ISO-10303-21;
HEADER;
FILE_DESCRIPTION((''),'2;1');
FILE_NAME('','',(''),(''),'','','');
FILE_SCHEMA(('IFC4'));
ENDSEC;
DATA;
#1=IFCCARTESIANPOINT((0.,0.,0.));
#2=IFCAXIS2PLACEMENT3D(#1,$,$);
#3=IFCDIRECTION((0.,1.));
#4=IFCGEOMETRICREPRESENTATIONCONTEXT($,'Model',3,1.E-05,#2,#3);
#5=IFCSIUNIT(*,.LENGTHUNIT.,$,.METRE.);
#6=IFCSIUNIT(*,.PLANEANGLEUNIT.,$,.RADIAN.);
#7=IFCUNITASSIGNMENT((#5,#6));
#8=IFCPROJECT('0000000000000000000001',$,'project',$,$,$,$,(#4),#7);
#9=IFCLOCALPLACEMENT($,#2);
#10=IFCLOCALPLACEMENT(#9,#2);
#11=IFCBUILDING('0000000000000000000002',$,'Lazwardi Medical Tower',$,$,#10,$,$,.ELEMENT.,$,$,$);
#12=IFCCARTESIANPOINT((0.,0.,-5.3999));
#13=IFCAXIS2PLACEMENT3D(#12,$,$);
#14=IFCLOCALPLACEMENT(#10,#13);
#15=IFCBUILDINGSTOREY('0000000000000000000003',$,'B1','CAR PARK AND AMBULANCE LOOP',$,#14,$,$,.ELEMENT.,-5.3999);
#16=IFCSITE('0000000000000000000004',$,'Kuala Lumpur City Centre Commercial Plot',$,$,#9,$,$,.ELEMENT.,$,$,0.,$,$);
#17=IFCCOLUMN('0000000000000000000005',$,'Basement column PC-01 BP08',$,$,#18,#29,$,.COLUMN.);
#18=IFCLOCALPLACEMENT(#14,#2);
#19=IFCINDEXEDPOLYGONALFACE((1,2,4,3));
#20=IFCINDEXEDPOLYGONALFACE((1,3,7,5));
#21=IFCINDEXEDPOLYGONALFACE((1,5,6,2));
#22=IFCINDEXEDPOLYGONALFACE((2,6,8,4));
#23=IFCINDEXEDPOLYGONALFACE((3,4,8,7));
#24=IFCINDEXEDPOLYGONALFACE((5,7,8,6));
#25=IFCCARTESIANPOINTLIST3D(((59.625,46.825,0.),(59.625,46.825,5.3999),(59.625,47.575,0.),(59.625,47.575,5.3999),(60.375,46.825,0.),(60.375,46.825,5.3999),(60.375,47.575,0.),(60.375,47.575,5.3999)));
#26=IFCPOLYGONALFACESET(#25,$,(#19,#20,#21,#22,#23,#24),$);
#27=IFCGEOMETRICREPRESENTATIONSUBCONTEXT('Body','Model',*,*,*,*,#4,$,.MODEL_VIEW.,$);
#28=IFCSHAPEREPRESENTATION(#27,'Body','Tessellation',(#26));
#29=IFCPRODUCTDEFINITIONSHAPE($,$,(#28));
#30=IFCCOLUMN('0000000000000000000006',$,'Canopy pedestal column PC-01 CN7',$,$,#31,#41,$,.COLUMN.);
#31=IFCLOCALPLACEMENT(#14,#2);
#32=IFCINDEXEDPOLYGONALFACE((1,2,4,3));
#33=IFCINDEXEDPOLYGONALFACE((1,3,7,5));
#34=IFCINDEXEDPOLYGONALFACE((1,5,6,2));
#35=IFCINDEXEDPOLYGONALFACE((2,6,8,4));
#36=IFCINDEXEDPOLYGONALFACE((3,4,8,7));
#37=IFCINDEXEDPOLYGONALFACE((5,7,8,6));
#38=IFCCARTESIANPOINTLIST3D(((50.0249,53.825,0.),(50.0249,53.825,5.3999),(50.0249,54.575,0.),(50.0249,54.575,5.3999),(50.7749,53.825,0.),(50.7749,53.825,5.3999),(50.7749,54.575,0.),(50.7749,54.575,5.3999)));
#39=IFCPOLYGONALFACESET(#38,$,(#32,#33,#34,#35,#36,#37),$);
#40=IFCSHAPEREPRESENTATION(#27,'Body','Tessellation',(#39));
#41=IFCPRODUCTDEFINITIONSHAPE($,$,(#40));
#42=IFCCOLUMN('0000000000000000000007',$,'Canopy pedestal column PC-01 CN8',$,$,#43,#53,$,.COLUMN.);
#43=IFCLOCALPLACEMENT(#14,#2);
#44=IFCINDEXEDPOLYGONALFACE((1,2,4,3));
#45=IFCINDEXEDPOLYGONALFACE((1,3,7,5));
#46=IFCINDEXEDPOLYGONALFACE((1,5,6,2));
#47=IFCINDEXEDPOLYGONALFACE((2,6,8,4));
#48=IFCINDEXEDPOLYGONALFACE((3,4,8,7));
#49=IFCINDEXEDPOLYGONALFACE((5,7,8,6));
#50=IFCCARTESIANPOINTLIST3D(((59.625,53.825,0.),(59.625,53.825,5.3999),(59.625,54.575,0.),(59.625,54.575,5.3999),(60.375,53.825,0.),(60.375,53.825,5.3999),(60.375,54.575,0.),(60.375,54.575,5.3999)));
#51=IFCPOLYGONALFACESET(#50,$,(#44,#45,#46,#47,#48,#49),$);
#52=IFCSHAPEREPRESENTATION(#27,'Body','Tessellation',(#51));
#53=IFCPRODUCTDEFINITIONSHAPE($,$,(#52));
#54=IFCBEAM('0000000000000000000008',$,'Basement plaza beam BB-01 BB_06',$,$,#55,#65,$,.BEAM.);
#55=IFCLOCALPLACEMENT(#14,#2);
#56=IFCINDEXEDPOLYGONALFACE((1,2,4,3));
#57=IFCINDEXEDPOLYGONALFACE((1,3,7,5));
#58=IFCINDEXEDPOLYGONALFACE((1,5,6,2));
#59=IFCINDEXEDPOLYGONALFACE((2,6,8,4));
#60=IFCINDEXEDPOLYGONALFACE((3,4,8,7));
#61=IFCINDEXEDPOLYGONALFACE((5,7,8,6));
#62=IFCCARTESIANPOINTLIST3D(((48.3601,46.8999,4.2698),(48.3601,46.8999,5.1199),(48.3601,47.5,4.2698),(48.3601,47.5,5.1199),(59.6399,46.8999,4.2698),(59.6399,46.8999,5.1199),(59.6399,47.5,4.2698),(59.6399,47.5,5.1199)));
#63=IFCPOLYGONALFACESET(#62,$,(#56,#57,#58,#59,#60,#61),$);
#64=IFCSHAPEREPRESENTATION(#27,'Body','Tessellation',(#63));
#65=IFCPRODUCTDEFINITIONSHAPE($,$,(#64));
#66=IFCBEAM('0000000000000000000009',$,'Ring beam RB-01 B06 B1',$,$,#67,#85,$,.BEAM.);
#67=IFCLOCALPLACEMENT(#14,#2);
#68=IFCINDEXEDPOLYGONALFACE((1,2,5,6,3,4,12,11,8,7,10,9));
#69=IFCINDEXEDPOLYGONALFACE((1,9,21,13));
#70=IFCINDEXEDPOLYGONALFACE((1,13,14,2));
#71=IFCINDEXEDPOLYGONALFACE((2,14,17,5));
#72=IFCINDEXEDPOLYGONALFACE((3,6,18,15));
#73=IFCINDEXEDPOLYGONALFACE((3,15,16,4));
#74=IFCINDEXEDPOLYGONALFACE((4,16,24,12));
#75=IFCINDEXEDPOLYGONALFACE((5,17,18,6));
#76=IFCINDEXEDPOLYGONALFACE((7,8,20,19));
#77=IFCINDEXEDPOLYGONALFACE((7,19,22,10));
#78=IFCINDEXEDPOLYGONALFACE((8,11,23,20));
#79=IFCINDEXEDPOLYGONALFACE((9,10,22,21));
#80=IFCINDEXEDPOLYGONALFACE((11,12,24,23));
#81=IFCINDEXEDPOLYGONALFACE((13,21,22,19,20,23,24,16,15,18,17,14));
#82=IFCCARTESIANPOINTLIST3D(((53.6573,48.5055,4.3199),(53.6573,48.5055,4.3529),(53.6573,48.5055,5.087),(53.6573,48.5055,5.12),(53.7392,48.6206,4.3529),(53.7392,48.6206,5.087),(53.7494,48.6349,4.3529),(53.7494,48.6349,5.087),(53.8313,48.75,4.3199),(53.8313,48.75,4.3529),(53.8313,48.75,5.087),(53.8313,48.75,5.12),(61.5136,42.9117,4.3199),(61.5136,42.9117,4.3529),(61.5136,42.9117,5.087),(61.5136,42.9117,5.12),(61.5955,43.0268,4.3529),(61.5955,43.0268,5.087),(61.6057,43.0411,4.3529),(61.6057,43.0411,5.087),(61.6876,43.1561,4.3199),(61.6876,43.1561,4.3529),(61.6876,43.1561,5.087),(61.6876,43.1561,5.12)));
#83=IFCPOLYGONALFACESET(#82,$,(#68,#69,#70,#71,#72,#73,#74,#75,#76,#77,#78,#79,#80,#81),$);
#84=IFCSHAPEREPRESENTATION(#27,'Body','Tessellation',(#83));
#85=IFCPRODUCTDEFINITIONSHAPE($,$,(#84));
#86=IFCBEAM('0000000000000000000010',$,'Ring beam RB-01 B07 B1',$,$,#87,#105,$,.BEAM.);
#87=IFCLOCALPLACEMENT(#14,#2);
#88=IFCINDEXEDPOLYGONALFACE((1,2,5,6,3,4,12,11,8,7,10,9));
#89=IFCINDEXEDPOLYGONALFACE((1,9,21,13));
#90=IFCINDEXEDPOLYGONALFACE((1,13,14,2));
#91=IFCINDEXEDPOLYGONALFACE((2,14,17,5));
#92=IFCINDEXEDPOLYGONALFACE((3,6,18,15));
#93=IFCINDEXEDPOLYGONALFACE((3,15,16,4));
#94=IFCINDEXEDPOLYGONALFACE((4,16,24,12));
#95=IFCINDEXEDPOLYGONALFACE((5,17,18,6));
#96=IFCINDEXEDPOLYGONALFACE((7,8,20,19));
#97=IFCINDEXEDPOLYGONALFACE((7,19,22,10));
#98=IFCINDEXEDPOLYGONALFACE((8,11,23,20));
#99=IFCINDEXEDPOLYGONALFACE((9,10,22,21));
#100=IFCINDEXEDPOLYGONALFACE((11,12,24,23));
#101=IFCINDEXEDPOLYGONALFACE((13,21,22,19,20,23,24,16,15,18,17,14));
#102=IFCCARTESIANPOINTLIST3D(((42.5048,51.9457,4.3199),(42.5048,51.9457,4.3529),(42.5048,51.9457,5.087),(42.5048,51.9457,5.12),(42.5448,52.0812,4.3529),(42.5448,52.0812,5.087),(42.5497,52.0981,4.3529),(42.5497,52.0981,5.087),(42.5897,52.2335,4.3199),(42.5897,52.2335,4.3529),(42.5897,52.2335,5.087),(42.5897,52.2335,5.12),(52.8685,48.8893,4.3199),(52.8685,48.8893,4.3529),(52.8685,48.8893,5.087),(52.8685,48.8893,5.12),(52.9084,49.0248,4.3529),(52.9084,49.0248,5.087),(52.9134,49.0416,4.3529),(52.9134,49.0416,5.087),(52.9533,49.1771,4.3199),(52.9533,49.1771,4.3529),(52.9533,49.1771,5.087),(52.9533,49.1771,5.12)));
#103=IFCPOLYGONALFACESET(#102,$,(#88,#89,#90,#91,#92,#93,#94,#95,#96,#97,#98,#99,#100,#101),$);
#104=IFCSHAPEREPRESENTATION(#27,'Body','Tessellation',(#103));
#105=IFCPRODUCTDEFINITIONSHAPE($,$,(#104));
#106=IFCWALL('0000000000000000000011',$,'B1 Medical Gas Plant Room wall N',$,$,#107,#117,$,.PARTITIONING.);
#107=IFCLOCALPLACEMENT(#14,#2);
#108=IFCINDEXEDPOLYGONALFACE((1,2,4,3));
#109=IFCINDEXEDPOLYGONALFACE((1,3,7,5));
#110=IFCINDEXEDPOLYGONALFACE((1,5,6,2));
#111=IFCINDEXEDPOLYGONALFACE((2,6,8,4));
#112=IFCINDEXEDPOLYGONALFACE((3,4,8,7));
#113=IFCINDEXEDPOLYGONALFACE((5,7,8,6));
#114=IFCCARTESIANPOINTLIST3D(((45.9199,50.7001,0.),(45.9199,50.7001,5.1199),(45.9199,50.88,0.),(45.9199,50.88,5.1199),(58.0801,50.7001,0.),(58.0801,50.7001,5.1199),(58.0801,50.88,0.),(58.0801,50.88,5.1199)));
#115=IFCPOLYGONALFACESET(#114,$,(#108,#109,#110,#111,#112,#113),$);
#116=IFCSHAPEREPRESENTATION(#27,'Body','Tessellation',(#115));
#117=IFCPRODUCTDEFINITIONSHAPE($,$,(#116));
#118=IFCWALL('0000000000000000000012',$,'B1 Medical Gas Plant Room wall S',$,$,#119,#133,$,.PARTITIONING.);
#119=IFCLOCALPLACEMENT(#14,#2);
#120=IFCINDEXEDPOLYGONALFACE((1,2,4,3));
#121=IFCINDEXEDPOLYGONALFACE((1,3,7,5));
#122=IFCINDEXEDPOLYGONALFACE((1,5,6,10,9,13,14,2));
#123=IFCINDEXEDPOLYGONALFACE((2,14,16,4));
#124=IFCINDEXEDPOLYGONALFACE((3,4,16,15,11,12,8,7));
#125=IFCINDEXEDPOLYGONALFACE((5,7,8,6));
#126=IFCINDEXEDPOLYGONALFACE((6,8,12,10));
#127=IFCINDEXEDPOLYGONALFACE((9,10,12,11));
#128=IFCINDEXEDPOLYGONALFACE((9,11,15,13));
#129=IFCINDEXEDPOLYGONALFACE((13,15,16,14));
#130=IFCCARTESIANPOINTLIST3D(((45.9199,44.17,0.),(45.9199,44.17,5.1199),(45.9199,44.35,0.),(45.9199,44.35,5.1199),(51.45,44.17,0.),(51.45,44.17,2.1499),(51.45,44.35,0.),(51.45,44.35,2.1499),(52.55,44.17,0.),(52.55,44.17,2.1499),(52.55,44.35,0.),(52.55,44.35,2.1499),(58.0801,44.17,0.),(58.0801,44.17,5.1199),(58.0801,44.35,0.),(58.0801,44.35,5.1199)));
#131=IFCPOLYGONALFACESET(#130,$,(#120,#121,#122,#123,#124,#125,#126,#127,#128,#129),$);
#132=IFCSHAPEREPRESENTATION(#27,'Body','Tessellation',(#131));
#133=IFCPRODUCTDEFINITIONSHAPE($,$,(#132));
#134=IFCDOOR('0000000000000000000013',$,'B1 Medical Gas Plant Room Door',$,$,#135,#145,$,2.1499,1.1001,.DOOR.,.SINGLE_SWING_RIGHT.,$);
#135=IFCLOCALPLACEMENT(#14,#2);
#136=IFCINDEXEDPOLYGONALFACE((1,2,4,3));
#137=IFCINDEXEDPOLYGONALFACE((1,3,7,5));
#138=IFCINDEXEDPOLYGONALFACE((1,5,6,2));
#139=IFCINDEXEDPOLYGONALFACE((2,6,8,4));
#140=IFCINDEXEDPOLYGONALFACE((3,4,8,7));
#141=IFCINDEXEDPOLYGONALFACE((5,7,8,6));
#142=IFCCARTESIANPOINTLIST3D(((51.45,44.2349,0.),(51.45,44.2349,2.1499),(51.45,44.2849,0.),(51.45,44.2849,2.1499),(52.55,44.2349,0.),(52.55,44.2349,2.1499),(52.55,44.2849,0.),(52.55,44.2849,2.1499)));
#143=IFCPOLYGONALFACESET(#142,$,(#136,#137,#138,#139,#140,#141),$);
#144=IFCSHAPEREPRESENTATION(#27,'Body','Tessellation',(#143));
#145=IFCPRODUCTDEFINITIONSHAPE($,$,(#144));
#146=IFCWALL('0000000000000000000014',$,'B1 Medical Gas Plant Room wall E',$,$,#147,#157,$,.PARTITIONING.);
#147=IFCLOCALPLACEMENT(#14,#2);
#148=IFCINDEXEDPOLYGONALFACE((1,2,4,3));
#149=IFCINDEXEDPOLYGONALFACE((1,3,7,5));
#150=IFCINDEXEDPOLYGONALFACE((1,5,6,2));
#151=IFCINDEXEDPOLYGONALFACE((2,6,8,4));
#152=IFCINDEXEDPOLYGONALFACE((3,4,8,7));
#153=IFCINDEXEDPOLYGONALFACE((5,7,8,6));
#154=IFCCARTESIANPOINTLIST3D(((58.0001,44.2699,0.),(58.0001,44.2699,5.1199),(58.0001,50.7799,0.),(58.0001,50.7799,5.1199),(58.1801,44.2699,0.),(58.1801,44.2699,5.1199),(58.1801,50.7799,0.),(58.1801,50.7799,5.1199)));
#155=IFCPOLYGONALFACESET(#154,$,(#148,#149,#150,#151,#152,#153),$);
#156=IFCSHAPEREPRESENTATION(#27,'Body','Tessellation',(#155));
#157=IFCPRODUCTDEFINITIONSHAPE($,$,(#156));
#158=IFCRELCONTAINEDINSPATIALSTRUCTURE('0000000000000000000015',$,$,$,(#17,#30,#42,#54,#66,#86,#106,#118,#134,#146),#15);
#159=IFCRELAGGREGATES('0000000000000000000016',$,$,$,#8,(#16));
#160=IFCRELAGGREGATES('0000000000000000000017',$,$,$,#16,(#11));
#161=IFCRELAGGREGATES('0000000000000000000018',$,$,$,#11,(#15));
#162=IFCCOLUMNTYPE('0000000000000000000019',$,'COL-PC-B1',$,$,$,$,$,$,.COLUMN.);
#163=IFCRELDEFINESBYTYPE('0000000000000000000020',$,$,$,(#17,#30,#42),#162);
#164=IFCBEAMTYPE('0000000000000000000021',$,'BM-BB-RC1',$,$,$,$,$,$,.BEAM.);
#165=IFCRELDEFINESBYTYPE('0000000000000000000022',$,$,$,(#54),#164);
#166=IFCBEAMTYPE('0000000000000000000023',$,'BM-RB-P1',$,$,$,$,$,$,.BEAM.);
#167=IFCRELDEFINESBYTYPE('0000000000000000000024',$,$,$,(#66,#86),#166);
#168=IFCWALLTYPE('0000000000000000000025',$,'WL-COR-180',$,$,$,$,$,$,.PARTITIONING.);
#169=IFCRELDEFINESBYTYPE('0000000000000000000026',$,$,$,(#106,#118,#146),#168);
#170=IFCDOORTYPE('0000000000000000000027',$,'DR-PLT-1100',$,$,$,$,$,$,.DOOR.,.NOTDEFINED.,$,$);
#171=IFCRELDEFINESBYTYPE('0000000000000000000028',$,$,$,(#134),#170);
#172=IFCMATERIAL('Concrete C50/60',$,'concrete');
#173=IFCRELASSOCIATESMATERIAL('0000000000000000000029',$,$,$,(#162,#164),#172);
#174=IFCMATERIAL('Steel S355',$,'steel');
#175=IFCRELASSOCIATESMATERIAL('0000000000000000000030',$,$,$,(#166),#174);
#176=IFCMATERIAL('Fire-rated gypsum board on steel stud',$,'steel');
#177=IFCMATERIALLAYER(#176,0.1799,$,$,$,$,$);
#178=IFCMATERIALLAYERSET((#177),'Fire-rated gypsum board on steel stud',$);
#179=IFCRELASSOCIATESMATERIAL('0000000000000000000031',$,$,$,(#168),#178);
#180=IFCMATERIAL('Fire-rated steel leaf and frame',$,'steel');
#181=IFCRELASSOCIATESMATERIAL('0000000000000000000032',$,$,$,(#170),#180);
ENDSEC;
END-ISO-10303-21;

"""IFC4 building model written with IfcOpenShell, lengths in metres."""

from ifc_helpers import new_model, si_unit, direction, frame, frame_2d, origin, origin_2d, place, context, subcontext, project, spatial, rectangle, i_section, extrude, material, layer, layer_set, material_profile, profile_set, type_object, element, fill, save


model = new_model("IFC4")

# Units and contexts
model_context = context("Model", 3, precision=1e-05, world=origin(), true_north=direction((0.0, 1.0)))
body_context = subcontext(model_context, "Body", "Model", "MODEL_VIEW")
ifc_project = project(units=[si_unit("LENGTHUNIT", "METRE"), si_unit("PLANEANGLEUNIT", "RADIAN")], contexts=[model_context])

# Site, building, storey
site_placement = place(None, origin())
site = spatial("IfcSite", under=ifc_project, at=site_placement, Name="Kuala Lumpur City Centre Commercial Plot", CompositionType="ELEMENT", RefElevation=0.0)
building_placement = place(site_placement, origin())
building = spatial("IfcBuilding", under=site, at=building_placement, Name="Lazwardi Medical Tower", CompositionType="ELEMENT")
storey_placement = place(building_placement, frame((0.0, 0.0, -5.3999)))
storey = spatial("IfcBuildingStorey", under=building, at=storey_placement, Name="B1", Description="CAR PARK AND AMBULANCE LOOP", CompositionType="ELEMENT", Elevation=-5.3999)

# Shared definitions
ifc_material_1 = material(Name="Concrete C50/60", Category="concrete")

# Columns
ifc_material_profile_1 = material_profile(ifc_material_1, rectangle(XDim=0.75, YDim=0.75, at=origin_2d()), Name="RC 750x750")
ifc_profile_set_1 = profile_set([ifc_material_profile_1], Name="Concrete C50/60")
column_type_1 = type_object("IfcColumnType", Name="COL-PC-B1", PredefinedType="COLUMN", material=ifc_profile_set_1)
for number, where, z_axis, x_axis, name in (
    (1, (60.0, 47.2, 0.0), (0.0, 0.0, 1.0), (1.0, 0.0, 0.0), "Basement column PC-01 BP08"),
    (2, (50.3999, 54.2, 0.0), (0.0, 0.0, 1.0), (1.0, 0.0, 0.0), "Canopy pedestal column PC-01 CN7"),
    (3, (60.0, 54.2, 0.0), (0.0, 0.0, 1.0), (1.0, 0.0, 0.0), "Canopy pedestal column PC-01 CN8"),
):
    element("IfcColumn", number, at=place(storey_placement, frame(where, z_axis=z_axis, x_axis=x_axis)), inside=storey, type_object=column_type_1, Name=name, PredefinedType="COLUMN", context=body_context, shape_type="SweptSolid", body=[
        extrude(rectangle(XDim=0.75, YDim=0.75, at=origin_2d()), origin(), (0.0, 0.0, 1.0), 5.3999),
    ])

# Beams
ifc_material_profile_2 = material_profile(ifc_material_1, rectangle(XDim=0.6001, YDim=0.8501, at=origin_2d()), Name="RC 600x850")
ifc_profile_set_2 = profile_set([ifc_material_profile_2], Name="Concrete C50/60")
beam_type_1 = type_object("IfcBeamType", Name="BM-BB-RC1", PredefinedType="BEAM", material=ifc_profile_set_2)
beam_1_placement = place(storey_placement, frame((48.3601, 47.2, 4.6948), z_axis=(1.0, 0.0, 0.0), x_axis=(0.0, 1.0, 0.0)))
element("IfcBeam", 4, at=beam_1_placement, inside=storey, type_object=beam_type_1, Name="Basement plaza beam BB-01 BB_06", PredefinedType="BEAM", context=body_context, shape_type="SweptSolid", body=[
    extrude(rectangle(XDim=0.6001, YDim=0.8501, at=origin_2d()), origin(), (0.0, 0.0, 1.0), 11.2798),
])
ifc_material_2 = material(Name="Steel S355", Category="steel")
ifc_material_profile_3 = material_profile(ifc_material_2, i_section(OverallWidth=0.3, OverallDepth=0.8, WebThickness=0.0176, FlangeThickness=0.033, at=origin_2d()), Name="HEB 800")
ifc_profile_set_3 = profile_set([ifc_material_profile_3], Name="Steel S355")
beam_type_2 = type_object("IfcBeamType", Name="BM-RB-P1", PredefinedType="BEAM", material=ifc_profile_set_3)
beam_2_placement = place(storey_placement, frame((61.6006, 43.0339, 4.72), z_axis=(-0.814607, 0.580014, 0.0), x_axis=(-0.580014, -0.814607, 0.0)))
element("IfcBeam", 5, at=beam_2_placement, inside=storey, type_object=beam_type_2, Name="Ring beam RB-01 B06 B1", PredefinedType="BEAM", context=body_context, shape_type="SweptSolid", body=[
    extrude(i_section(OverallWidth=0.3, OverallDepth=0.8, WebThickness=0.0176, FlangeThickness=0.033, at=origin_2d()), origin(), (0.0, 0.0, 1.0), 9.6443),
])
beam_3_placement = place(storey_placement, frame((52.9109, 49.0332, 4.72), z_axis=(-0.959157, 0.282873, 0.0), x_axis=(-0.282873, -0.959157, 0.0)))
element("IfcBeam", 6, at=beam_3_placement, inside=storey, type_object=beam_type_2, Name="Ring beam RB-01 B07 B1", PredefinedType="BEAM", context=body_context, shape_type="SweptSolid", body=[
    extrude(i_section(OverallWidth=0.3, OverallDepth=0.8, WebThickness=0.0176, FlangeThickness=0.033, at=origin_2d()), origin(), (0.0, 0.0, 1.0), 10.8049),
])

# Wall
ifc_material_3 = material(Name="Fire-rated gypsum board on steel stud", Category="steel")
ifc_layer = layer(ifc_material_3, 0.1799)
ifc_layer_set = layer_set([ifc_layer], Name="Fire-rated gypsum board on steel stud")
wall_type = type_object("IfcWallType", Name="WL-COR-180", PredefinedType="PARTITIONING", material=ifc_layer_set)
wall_1_placement = place(storey_placement, frame((45.9199, 50.79, 0.0), z_axis=(0.0, 0.0, 1.0), x_axis=(1.0, 0.0, 0.0)))
element("IfcWall", 7, at=wall_1_placement, inside=storey, type_object=wall_type, Name="B1 Medical Gas Plant Room wall N", PredefinedType="PARTITIONING", context=body_context, shape_type="SweptSolid", body=[
    extrude(rectangle(XDim=12.1602, YDim=0.1799, at=frame_2d((6.0801, 0.0))), origin(), (0.0, 0.0, 1.0), 5.1199),
])

# Wall, opening, door
wall_2_placement = place(storey_placement, frame((45.9199, 44.26, 0.0), z_axis=(0.0, 0.0, 1.0), x_axis=(1.0, 0.0, 0.0)))
wall_2 = element("IfcWall", 8, at=wall_2_placement, inside=storey, type_object=wall_type, Name="B1 Medical Gas Plant Room wall S", PredefinedType="PARTITIONING", context=body_context, shape_type="SweptSolid", body=[
    extrude(rectangle(XDim=12.1602, YDim=0.1799, at=frame_2d((6.0801, 0.0))), origin(), (0.0, 0.0, 1.0), 5.1199),
])
opening_placement = place(wall_2_placement, frame((5.53, 0.0, 0.0)))
opening = element("IfcOpeningElement", 9, at=opening_placement, cuts=wall_2, PredefinedType="OPENING", context=body_context, shape_type="SweptSolid", body=[
    extrude(rectangle(XDim=1.1001, YDim=2.1499, at=frame_2d((0.55, 1.075))), frame((0.0, 0.0999, 0.0), z_axis=(0.0, -1.0, 0.0), x_axis=(1.0, 0.0, 0.0)), (0.0, 0.0, 1.0), 0.2),
])
ifc_material_4 = material(Name="Fire-rated steel leaf and frame", Category="steel")
door_type = type_object("IfcDoorType", Name="DR-PLT-1100", OperationType="NOTDEFINED", PredefinedType="DOOR", material=ifc_material_4)
door_placement = place(opening_placement, origin())
door = element("IfcDoor", 10, at=door_placement, inside=storey, type_object=door_type, Name="B1 Medical Gas Plant Room Door", OperationType="SINGLE_SWING_RIGHT", OverallHeight=2.1499, OverallWidth=1.1001, PredefinedType="DOOR", context=body_context, shape_type="SweptSolid", body=[
    extrude(rectangle(XDim=1.1001, YDim=2.1499, at=frame_2d((0.55, 1.075))), frame((0.0, 0.0249, 0.0), z_axis=(0.0, -1.0, 0.0), x_axis=(1.0, 0.0, 0.0)), (0.0, 0.0, 1.0), 0.05),
])
fill(opening, door)

# Wall
wall_3_placement = place(storey_placement, frame((58.0901, 44.27, 0.0), z_axis=(0.0, 0.0, 1.0), x_axis=(0.0, 1.0, 0.0)))
element("IfcWall", 11, at=wall_3_placement, inside=storey, type_object=wall_type, Name="B1 Medical Gas Plant Room wall E", PredefinedType="PARTITIONING", context=body_context, shape_type="SweptSolid", body=[
    extrude(rectangle(XDim=6.51, YDim=0.1799, at=frame_2d((3.2549, 0.0))), origin(), (0.0, 0.0, 1.0), 5.1199),
])

save(model, "model.ifc")
